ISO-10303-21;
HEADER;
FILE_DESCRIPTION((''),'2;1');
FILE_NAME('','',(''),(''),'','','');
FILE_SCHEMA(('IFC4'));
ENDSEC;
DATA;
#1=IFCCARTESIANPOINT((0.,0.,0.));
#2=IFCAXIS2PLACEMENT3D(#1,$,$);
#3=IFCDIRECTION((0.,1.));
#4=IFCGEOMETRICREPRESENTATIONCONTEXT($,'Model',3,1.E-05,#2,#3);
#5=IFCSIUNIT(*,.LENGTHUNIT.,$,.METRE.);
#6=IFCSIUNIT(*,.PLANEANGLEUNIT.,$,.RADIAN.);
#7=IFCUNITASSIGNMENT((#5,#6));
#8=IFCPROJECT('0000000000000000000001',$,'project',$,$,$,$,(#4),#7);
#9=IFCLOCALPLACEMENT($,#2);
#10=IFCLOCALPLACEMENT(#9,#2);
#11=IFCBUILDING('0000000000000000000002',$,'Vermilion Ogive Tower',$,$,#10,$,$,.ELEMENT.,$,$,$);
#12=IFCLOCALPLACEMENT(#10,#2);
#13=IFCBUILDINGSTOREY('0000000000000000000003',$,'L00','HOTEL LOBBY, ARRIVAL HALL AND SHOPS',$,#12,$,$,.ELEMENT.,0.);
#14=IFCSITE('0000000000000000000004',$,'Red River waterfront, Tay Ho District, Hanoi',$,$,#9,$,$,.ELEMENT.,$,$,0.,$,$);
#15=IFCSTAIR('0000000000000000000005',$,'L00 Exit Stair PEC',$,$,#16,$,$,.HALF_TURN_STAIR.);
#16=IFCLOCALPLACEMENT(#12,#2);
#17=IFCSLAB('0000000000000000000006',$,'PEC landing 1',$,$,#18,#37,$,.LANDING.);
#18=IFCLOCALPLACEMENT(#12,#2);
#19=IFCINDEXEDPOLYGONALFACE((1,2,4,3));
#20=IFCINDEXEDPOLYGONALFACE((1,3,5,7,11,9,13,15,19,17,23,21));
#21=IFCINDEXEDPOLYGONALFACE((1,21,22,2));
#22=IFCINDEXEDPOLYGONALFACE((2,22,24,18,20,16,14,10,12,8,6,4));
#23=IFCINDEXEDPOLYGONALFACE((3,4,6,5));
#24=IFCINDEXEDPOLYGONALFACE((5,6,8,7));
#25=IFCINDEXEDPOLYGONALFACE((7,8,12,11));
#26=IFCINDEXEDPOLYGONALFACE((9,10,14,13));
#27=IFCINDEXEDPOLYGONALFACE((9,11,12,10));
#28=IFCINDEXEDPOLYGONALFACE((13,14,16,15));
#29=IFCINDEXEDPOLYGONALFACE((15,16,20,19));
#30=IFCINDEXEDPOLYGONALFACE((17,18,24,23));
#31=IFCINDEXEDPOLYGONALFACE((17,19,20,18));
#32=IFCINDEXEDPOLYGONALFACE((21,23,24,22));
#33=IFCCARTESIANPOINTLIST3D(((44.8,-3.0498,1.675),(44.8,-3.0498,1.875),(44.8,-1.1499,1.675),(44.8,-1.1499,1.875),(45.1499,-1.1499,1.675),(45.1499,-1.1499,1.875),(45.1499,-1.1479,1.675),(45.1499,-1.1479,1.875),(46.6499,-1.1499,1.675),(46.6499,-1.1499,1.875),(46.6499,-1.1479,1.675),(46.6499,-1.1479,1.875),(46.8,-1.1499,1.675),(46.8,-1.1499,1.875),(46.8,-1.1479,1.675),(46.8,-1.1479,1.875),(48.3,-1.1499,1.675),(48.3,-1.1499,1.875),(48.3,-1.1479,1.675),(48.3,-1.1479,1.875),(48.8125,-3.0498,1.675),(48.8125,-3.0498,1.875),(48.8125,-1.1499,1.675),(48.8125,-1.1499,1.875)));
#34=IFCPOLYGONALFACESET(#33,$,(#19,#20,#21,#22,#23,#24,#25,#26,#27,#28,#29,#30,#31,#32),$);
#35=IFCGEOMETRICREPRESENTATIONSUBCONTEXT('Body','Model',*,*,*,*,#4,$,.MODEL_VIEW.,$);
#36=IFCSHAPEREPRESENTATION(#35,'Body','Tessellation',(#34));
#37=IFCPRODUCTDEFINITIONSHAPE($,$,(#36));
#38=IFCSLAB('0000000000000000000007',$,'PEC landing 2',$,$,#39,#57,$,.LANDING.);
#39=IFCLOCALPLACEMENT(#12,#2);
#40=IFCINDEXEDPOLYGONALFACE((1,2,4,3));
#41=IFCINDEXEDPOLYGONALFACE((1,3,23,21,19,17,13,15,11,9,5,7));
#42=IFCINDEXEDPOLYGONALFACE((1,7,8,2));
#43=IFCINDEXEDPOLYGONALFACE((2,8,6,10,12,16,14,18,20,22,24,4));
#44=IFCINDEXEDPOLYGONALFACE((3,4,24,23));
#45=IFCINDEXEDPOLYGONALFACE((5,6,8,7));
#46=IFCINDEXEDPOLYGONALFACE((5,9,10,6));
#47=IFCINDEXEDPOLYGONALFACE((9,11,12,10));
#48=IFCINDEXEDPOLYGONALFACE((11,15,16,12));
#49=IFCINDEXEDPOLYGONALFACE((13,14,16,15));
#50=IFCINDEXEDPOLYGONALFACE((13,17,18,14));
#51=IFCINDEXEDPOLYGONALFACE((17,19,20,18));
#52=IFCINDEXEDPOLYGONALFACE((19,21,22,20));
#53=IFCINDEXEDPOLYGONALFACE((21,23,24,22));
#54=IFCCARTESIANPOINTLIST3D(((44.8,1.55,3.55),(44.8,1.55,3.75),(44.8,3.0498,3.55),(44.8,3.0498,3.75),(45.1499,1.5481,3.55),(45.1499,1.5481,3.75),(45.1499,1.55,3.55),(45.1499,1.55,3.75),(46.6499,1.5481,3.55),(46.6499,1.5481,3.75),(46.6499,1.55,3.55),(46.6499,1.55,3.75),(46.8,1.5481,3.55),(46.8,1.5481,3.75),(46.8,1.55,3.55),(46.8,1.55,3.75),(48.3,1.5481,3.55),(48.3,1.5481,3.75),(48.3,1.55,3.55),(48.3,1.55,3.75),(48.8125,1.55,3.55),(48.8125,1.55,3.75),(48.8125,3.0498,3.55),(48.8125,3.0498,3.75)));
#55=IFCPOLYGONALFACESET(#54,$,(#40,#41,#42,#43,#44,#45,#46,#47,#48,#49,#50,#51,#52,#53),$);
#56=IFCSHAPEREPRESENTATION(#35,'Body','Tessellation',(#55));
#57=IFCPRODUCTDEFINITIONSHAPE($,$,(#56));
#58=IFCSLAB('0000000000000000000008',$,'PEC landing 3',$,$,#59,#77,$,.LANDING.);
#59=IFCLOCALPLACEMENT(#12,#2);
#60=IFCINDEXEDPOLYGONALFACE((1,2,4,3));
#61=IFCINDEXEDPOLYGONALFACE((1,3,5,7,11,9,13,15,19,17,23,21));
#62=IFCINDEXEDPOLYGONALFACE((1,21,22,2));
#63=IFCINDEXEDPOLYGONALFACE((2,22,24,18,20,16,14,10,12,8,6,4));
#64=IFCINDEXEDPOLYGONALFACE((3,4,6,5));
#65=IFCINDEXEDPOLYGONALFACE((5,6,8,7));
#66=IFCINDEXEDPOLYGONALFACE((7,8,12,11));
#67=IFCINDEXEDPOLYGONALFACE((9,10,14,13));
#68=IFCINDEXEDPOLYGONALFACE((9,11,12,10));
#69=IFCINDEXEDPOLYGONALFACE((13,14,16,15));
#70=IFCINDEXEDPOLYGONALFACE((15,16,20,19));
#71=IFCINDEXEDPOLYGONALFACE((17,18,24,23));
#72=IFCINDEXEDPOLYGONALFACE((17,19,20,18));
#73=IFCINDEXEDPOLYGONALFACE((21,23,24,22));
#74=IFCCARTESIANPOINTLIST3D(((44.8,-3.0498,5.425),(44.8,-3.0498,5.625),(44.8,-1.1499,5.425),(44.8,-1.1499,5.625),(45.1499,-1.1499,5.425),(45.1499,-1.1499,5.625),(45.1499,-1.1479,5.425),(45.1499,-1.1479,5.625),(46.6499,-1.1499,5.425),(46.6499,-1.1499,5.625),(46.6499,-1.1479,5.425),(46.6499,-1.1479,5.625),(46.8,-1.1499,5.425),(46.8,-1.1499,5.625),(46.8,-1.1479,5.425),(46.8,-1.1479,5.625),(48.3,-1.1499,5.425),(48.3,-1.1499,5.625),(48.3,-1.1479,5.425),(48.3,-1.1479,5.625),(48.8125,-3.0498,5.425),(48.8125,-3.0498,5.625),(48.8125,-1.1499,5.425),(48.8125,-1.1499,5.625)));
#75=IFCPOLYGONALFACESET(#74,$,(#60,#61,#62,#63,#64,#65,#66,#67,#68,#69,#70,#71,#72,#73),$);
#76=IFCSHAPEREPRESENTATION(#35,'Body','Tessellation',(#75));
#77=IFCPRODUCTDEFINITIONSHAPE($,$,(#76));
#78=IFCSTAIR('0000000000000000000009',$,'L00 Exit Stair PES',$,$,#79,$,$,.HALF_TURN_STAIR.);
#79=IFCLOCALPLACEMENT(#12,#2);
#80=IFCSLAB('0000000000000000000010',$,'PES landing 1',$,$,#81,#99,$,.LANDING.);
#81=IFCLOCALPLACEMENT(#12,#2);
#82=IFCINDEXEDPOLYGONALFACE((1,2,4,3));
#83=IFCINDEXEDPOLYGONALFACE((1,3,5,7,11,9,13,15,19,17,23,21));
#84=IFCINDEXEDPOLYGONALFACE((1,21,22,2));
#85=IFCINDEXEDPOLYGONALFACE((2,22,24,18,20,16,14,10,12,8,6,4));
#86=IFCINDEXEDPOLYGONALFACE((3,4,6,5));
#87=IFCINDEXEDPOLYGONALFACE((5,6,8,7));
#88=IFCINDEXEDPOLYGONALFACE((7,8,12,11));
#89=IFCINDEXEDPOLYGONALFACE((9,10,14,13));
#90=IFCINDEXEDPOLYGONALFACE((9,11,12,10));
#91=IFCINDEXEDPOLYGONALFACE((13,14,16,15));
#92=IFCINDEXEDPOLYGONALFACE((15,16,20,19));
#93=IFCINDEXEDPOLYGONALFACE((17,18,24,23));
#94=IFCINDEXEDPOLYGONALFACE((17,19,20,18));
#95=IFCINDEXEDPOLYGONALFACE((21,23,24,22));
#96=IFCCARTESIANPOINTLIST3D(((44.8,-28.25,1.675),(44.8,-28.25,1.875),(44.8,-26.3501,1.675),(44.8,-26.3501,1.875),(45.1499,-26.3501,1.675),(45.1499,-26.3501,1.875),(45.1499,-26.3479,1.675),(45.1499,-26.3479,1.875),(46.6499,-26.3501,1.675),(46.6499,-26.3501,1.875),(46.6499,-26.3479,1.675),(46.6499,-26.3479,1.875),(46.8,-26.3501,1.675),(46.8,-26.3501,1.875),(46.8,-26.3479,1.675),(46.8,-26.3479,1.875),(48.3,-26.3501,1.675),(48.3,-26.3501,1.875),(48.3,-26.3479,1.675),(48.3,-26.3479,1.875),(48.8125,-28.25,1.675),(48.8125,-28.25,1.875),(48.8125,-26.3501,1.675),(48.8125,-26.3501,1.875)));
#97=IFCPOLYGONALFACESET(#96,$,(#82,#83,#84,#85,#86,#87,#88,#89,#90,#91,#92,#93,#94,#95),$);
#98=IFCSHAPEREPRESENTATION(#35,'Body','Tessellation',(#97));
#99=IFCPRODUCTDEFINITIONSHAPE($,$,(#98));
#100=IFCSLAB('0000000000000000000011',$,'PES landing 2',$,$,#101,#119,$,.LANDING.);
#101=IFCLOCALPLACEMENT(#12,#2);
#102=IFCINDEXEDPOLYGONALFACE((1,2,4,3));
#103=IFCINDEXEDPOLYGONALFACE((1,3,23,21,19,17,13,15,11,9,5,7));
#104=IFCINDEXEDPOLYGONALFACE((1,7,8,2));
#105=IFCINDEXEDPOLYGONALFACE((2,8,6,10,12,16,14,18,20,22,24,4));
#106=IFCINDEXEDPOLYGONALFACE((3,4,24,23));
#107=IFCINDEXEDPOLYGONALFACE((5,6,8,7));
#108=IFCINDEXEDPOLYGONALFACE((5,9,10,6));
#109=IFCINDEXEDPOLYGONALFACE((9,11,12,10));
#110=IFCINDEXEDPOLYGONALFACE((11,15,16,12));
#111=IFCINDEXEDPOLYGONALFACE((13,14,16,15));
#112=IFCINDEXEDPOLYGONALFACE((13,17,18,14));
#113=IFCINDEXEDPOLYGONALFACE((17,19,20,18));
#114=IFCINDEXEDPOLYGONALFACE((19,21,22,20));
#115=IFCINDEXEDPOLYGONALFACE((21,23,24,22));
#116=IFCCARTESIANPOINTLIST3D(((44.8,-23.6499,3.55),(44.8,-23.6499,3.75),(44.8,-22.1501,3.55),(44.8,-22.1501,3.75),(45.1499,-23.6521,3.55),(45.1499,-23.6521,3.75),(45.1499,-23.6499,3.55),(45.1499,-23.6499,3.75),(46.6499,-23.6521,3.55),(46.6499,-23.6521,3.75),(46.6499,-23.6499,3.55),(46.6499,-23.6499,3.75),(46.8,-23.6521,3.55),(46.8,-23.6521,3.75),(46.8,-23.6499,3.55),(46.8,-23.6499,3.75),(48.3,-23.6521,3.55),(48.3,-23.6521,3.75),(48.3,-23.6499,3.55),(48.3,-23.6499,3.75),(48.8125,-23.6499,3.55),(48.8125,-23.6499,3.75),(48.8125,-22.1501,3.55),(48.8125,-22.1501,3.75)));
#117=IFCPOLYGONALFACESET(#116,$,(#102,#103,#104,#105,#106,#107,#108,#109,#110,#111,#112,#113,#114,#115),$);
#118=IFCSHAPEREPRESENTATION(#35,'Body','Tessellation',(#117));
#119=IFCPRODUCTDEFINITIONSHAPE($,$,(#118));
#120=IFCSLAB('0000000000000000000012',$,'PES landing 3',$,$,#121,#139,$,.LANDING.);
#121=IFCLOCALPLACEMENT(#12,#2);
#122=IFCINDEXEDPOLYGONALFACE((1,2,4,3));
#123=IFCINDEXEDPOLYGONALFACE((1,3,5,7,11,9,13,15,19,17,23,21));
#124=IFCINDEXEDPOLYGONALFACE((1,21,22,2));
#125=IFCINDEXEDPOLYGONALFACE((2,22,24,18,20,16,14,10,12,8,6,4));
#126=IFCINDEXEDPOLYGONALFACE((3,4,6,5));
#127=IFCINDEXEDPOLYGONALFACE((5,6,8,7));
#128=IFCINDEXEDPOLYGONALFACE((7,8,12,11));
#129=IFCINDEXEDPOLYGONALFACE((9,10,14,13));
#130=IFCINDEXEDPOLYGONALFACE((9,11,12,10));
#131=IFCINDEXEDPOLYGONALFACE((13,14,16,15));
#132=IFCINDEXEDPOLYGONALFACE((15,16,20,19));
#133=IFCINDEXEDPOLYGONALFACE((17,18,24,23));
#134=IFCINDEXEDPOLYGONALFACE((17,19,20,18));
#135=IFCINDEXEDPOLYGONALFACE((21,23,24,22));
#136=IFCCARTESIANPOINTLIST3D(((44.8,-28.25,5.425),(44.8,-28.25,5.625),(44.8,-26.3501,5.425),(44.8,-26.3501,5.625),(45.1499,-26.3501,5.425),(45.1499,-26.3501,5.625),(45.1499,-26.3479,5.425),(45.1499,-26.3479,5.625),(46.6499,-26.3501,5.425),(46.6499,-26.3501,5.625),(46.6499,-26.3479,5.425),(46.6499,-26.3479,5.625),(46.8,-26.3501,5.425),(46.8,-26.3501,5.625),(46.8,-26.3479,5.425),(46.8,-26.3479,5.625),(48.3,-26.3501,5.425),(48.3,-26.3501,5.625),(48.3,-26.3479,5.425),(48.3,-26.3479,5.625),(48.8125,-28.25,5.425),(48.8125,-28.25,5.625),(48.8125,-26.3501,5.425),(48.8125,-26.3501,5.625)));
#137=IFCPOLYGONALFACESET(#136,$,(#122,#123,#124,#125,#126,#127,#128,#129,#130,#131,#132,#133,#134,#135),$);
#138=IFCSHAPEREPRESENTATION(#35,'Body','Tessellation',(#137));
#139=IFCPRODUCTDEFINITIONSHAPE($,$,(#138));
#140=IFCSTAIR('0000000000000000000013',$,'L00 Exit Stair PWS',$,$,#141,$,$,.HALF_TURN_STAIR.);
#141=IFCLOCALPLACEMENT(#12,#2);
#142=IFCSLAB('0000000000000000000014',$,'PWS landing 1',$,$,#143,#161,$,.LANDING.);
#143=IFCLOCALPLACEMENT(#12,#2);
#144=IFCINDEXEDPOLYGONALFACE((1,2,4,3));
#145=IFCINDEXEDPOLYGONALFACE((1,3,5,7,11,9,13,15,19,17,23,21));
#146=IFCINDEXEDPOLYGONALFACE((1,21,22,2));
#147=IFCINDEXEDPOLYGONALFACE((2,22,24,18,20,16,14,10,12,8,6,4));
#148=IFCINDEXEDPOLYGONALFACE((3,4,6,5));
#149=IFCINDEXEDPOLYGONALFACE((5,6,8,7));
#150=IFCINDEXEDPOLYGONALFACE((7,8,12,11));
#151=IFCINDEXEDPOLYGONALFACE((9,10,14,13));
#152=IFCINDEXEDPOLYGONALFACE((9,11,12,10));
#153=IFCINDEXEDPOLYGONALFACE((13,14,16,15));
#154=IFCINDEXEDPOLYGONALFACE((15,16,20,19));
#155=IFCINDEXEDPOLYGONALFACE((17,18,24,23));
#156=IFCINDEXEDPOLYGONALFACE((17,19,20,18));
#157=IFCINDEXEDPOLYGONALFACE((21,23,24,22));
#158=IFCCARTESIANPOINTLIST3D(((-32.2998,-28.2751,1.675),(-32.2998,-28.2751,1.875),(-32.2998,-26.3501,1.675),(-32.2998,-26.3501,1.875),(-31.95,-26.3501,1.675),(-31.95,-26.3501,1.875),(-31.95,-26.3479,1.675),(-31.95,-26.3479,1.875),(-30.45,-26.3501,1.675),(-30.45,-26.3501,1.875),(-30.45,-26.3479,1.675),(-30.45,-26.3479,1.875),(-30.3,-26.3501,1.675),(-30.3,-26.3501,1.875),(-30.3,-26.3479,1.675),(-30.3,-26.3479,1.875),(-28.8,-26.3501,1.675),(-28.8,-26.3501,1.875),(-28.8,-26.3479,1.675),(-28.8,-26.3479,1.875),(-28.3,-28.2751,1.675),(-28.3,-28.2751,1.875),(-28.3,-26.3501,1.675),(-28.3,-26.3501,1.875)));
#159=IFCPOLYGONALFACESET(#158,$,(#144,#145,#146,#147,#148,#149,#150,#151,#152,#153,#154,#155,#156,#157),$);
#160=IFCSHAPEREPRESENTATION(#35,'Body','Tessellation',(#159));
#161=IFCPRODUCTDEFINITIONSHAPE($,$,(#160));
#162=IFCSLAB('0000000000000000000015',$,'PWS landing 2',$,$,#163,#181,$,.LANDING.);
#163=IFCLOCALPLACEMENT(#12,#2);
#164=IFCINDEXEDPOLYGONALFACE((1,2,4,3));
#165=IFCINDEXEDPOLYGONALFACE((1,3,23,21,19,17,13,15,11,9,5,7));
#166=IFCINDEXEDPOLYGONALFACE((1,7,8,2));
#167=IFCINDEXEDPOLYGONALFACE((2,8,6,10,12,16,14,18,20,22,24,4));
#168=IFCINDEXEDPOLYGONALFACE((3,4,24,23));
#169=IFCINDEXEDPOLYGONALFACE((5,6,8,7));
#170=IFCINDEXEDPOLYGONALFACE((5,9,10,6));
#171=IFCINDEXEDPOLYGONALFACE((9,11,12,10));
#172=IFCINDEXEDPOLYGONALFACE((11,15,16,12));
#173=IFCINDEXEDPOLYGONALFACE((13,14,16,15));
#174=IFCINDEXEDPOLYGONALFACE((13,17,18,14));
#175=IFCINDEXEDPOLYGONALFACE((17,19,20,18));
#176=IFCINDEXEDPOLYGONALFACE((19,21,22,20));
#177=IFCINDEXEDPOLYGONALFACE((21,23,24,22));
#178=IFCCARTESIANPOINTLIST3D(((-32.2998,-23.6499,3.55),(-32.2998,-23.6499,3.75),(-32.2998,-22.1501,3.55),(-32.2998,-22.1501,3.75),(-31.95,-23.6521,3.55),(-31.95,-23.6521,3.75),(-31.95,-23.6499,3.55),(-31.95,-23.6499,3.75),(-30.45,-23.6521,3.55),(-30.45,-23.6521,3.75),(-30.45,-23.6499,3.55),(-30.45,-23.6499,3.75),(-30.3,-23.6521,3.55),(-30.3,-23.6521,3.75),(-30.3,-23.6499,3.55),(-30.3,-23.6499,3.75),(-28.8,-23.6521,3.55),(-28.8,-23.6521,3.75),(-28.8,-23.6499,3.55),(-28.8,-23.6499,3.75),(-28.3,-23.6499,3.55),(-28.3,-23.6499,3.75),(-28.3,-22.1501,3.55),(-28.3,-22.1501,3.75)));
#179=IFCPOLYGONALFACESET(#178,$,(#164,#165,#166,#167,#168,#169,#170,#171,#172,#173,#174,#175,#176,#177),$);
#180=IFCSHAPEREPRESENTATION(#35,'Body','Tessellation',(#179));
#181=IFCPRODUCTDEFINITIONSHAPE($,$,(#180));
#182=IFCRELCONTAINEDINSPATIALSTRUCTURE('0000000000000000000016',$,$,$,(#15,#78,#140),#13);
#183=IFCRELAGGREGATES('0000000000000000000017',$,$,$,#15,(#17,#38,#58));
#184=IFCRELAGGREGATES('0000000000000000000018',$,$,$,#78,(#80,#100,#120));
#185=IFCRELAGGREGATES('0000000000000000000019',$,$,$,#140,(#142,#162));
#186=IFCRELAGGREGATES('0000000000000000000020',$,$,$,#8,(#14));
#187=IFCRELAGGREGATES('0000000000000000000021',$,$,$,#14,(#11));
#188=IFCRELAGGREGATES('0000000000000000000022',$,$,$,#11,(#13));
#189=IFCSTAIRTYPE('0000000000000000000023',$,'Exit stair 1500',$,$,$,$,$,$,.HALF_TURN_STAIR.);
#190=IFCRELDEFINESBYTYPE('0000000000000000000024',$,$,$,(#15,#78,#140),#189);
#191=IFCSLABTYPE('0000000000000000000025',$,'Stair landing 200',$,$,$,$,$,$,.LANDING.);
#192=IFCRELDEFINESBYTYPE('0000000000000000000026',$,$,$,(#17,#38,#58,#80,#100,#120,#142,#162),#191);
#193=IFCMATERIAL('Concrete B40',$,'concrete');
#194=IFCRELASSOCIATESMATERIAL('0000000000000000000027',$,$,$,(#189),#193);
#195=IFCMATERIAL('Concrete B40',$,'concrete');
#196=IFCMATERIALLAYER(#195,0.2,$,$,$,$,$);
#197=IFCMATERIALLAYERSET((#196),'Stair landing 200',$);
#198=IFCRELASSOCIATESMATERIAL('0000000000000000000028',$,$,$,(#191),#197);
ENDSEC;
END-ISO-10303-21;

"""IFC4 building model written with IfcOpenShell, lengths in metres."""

from ifc_helpers import new_model, si_unit, direction, frame, origin, place, context, subcontext, project, spatial, polyline, outline, extrude, material, layer, layer_set, type_object, element, aggregate, save


model = new_model("IFC4")

# Units and contexts
model_context = context("Model", 3, precision=1e-05, world=origin(), true_north=direction((0.0, 1.0)))
body_context = subcontext(model_context, "Body", "Model", "MODEL_VIEW")
ifc_project = project(units=[si_unit("LENGTHUNIT", "METRE"), si_unit("PLANEANGLEUNIT", "RADIAN")], contexts=[model_context])

# Site, building, storey
site_placement = place(None, origin())
site = spatial("IfcSite", under=ifc_project, at=site_placement, Name="Red River waterfront, Tay Ho District, Hanoi", CompositionType="ELEMENT", RefElevation=0.0)
building_placement = place(site_placement, origin())
building = spatial("IfcBuilding", under=site, at=building_placement, Name="Vermilion Ogive Tower", CompositionType="ELEMENT")
storey_placement = place(building_placement, origin())
storey = spatial("IfcBuildingStorey", under=building, at=storey_placement, Name="L00", Description="HOTEL LOBBY, ARRIVAL HALL AND SHOPS", CompositionType="ELEMENT", Elevation=0.0)

# Stairs, slabs
ifc_material_1 = material(Name="Concrete B40", Category="concrete")
stair_type = type_object("IfcStairType", Name="Exit stair 1500", PredefinedType="HALF_TURN_STAIR", material=ifc_material_1)
ifc_material_2 = material(Name="Concrete B40", Category="concrete")
ifc_layer_1 = layer(ifc_material_2, 0.2)
ifc_layer_set_1 = layer_set([ifc_layer_1], Name="Stair landing 200")
slab_type_1 = type_object("IfcSlabType", Name="Stair landing 200", PredefinedType="LANDING", material=ifc_layer_set_1)
stair_1_placement = place(storey_placement, origin())
stair_1 = element("IfcStair", 1, at=stair_1_placement, inside=storey, type_object=stair_type, Name="L00 Exit Stair PEC", PredefinedType="HALF_TURN_STAIR")
slab_1_placement = place(storey_placement, frame((0.0, 0.0, 1.675)))
slab_1 = element("IfcSlab", 2, at=slab_1_placement, type_object=slab_type_1, Name="PEC landing 1", PredefinedType="LANDING", context=body_context, shape_type="SweptSolid", body=[
    extrude(outline(polyline([(48.8125, -1.1499), (48.3, -1.1499), (48.3, -1.1479), (46.8, -1.1479), (46.8, -1.1499), (46.6499, -1.1499), (46.6499, -1.1479), (45.1499, -1.1479), (45.1499, -1.1499), (44.8, -1.1499), (44.8, -3.0498), (48.8125, -3.0498), (48.8125, -1.1499)])), origin(), (0.0, 0.0, 1.0), 0.2),
])
slab_2_placement = place(storey_placement, frame((0.0, 0.0, 3.55)))
slab_2 = element("IfcSlab", 3, at=slab_2_placement, type_object=slab_type_1, Name="PEC landing 2", PredefinedType="LANDING", context=body_context, shape_type="SweptSolid", body=[
    extrude(outline(polyline([(44.8, 1.55), (45.1499, 1.55), (45.1499, 1.5481), (46.6499, 1.5481), (46.6499, 1.55), (46.8, 1.55), (46.8, 1.5481), (48.3, 1.5481), (48.3, 1.55), (48.8125, 1.55), (48.8125, 3.0498), (44.8, 3.0498), (44.8, 1.55)])), origin(), (0.0, 0.0, 1.0), 0.2),
])
slab_3_placement = place(storey_placement, frame((0.0, 0.0, 5.425)))
slab_3 = element("IfcSlab", 4, at=slab_3_placement, type_object=slab_type_1, Name="PEC landing 3", PredefinedType="LANDING", context=body_context, shape_type="SweptSolid", body=[
    extrude(outline(polyline([(48.8125, -1.1499), (48.3, -1.1499), (48.3, -1.1479), (46.8, -1.1479), (46.8, -1.1499), (46.6499, -1.1499), (46.6499, -1.1479), (45.1499, -1.1479), (45.1499, -1.1499), (44.8, -1.1499), (44.8, -3.0498), (48.8125, -3.0498), (48.8125, -1.1499)])), origin(), (0.0, 0.0, 1.0), 0.2),
])
aggregate(stair_1, [slab_1, slab_2, slab_3])
stair_2_placement = place(storey_placement, origin())
stair_2 = element("IfcStair", 5, at=stair_2_placement, inside=storey, type_object=stair_type, Name="L00 Exit Stair PES", PredefinedType="HALF_TURN_STAIR")
slab_4_placement = place(storey_placement, frame((0.0, 0.0, 1.675)))
slab_4 = element("IfcSlab", 6, at=slab_4_placement, type_object=slab_type_1, Name="PES landing 1", PredefinedType="LANDING", context=body_context, shape_type="SweptSolid", body=[
    extrude(outline(polyline([(48.8125, -26.3501), (48.3, -26.3501), (48.3, -26.3479), (46.8, -26.3479), (46.8, -26.3501), (46.6499, -26.3501), (46.6499, -26.3479), (45.1499, -26.3479), (45.1499, -26.3501), (44.8, -26.3501), (44.8, -28.25), (48.8125, -28.25), (48.8125, -26.3501)])), origin(), (0.0, 0.0, 1.0), 0.2),
])
slab_5_placement = place(storey_placement, frame((0.0, 0.0, 3.55)))
slab_5 = element("IfcSlab", 7, at=slab_5_placement, type_object=slab_type_1, Name="PES landing 2", PredefinedType="LANDING", context=body_context, shape_type="SweptSolid", body=[
    extrude(outline(polyline([(44.8, -23.6499), (45.1499, -23.6499), (45.1499, -23.6521), (46.6499, -23.6521), (46.6499, -23.6499), (46.8, -23.6499), (46.8, -23.6521), (48.3, -23.6521), (48.3, -23.6499), (48.8125, -23.6499), (48.8125, -22.1501), (44.8, -22.1501), (44.8, -23.6499)])), origin(), (0.0, 0.0, 1.0), 0.2),
])
slab_6_placement = place(storey_placement, frame((0.0, 0.0, 5.425)))
slab_6 = element("IfcSlab", 8, at=slab_6_placement, type_object=slab_type_1, Name="PES landing 3", PredefinedType="LANDING", context=body_context, shape_type="SweptSolid", body=[
    extrude(outline(polyline([(48.8125, -26.3501), (48.3, -26.3501), (48.3, -26.3479), (46.8, -26.3479), (46.8, -26.3501), (46.6499, -26.3501), (46.6499, -26.3479), (45.1499, -26.3479), (45.1499, -26.3501), (44.8, -26.3501), (44.8, -28.25), (48.8125, -28.25), (48.8125, -26.3501)])), origin(), (0.0, 0.0, 1.0), 0.2),
])
aggregate(stair_2, [slab_4, slab_5, slab_6])
stair_3_placement = place(storey_placement, origin())
stair_3 = element("IfcStair", 9, at=stair_3_placement, inside=storey, type_object=stair_type, Name="L00 Exit Stair PWS", PredefinedType="HALF_TURN_STAIR")
slab_7_placement = place(storey_placement, frame((0.0, 0.0, 1.675)))
slab_7 = element("IfcSlab", 10, at=slab_7_placement, type_object=slab_type_1, Name="PWS landing 1", PredefinedType="LANDING", context=body_context, shape_type="SweptSolid", body=[
    extrude(outline(polyline([(-28.3, -26.3501), (-28.8, -26.3501), (-28.8, -26.3479), (-30.3, -26.3479), (-30.3, -26.3501), (-30.45, -26.3501), (-30.45, -26.3479), (-31.95, -26.3479), (-31.95, -26.3501), (-32.2998, -26.3501), (-32.2998, -28.2751), (-28.3, -28.2751), (-28.3, -26.3501)])), origin(), (0.0, 0.0, 1.0), 0.2),
])
slab_8_placement = place(storey_placement, frame((0.0, 0.0, 3.55)))
slab_8 = element("IfcSlab", 11, at=slab_8_placement, type_object=slab_type_1, Name="PWS landing 2", PredefinedType="LANDING", context=body_context, shape_type="SweptSolid", body=[
    extrude(outline(polyline([(-32.2998, -23.6499), (-31.95, -23.6499), (-31.95, -23.6521), (-30.45, -23.6521), (-30.45, -23.6499), (-30.3, -23.6499), (-30.3, -23.6521), (-28.8, -23.6521), (-28.8, -23.6499), (-28.3, -23.6499), (-28.3, -22.1501), (-32.2998, -22.1501), (-32.2998, -23.6499)])), origin(), (0.0, 0.0, 1.0), 0.2),
])
aggregate(stair_3, [slab_7, slab_8])

save(model, "model.ifc")
